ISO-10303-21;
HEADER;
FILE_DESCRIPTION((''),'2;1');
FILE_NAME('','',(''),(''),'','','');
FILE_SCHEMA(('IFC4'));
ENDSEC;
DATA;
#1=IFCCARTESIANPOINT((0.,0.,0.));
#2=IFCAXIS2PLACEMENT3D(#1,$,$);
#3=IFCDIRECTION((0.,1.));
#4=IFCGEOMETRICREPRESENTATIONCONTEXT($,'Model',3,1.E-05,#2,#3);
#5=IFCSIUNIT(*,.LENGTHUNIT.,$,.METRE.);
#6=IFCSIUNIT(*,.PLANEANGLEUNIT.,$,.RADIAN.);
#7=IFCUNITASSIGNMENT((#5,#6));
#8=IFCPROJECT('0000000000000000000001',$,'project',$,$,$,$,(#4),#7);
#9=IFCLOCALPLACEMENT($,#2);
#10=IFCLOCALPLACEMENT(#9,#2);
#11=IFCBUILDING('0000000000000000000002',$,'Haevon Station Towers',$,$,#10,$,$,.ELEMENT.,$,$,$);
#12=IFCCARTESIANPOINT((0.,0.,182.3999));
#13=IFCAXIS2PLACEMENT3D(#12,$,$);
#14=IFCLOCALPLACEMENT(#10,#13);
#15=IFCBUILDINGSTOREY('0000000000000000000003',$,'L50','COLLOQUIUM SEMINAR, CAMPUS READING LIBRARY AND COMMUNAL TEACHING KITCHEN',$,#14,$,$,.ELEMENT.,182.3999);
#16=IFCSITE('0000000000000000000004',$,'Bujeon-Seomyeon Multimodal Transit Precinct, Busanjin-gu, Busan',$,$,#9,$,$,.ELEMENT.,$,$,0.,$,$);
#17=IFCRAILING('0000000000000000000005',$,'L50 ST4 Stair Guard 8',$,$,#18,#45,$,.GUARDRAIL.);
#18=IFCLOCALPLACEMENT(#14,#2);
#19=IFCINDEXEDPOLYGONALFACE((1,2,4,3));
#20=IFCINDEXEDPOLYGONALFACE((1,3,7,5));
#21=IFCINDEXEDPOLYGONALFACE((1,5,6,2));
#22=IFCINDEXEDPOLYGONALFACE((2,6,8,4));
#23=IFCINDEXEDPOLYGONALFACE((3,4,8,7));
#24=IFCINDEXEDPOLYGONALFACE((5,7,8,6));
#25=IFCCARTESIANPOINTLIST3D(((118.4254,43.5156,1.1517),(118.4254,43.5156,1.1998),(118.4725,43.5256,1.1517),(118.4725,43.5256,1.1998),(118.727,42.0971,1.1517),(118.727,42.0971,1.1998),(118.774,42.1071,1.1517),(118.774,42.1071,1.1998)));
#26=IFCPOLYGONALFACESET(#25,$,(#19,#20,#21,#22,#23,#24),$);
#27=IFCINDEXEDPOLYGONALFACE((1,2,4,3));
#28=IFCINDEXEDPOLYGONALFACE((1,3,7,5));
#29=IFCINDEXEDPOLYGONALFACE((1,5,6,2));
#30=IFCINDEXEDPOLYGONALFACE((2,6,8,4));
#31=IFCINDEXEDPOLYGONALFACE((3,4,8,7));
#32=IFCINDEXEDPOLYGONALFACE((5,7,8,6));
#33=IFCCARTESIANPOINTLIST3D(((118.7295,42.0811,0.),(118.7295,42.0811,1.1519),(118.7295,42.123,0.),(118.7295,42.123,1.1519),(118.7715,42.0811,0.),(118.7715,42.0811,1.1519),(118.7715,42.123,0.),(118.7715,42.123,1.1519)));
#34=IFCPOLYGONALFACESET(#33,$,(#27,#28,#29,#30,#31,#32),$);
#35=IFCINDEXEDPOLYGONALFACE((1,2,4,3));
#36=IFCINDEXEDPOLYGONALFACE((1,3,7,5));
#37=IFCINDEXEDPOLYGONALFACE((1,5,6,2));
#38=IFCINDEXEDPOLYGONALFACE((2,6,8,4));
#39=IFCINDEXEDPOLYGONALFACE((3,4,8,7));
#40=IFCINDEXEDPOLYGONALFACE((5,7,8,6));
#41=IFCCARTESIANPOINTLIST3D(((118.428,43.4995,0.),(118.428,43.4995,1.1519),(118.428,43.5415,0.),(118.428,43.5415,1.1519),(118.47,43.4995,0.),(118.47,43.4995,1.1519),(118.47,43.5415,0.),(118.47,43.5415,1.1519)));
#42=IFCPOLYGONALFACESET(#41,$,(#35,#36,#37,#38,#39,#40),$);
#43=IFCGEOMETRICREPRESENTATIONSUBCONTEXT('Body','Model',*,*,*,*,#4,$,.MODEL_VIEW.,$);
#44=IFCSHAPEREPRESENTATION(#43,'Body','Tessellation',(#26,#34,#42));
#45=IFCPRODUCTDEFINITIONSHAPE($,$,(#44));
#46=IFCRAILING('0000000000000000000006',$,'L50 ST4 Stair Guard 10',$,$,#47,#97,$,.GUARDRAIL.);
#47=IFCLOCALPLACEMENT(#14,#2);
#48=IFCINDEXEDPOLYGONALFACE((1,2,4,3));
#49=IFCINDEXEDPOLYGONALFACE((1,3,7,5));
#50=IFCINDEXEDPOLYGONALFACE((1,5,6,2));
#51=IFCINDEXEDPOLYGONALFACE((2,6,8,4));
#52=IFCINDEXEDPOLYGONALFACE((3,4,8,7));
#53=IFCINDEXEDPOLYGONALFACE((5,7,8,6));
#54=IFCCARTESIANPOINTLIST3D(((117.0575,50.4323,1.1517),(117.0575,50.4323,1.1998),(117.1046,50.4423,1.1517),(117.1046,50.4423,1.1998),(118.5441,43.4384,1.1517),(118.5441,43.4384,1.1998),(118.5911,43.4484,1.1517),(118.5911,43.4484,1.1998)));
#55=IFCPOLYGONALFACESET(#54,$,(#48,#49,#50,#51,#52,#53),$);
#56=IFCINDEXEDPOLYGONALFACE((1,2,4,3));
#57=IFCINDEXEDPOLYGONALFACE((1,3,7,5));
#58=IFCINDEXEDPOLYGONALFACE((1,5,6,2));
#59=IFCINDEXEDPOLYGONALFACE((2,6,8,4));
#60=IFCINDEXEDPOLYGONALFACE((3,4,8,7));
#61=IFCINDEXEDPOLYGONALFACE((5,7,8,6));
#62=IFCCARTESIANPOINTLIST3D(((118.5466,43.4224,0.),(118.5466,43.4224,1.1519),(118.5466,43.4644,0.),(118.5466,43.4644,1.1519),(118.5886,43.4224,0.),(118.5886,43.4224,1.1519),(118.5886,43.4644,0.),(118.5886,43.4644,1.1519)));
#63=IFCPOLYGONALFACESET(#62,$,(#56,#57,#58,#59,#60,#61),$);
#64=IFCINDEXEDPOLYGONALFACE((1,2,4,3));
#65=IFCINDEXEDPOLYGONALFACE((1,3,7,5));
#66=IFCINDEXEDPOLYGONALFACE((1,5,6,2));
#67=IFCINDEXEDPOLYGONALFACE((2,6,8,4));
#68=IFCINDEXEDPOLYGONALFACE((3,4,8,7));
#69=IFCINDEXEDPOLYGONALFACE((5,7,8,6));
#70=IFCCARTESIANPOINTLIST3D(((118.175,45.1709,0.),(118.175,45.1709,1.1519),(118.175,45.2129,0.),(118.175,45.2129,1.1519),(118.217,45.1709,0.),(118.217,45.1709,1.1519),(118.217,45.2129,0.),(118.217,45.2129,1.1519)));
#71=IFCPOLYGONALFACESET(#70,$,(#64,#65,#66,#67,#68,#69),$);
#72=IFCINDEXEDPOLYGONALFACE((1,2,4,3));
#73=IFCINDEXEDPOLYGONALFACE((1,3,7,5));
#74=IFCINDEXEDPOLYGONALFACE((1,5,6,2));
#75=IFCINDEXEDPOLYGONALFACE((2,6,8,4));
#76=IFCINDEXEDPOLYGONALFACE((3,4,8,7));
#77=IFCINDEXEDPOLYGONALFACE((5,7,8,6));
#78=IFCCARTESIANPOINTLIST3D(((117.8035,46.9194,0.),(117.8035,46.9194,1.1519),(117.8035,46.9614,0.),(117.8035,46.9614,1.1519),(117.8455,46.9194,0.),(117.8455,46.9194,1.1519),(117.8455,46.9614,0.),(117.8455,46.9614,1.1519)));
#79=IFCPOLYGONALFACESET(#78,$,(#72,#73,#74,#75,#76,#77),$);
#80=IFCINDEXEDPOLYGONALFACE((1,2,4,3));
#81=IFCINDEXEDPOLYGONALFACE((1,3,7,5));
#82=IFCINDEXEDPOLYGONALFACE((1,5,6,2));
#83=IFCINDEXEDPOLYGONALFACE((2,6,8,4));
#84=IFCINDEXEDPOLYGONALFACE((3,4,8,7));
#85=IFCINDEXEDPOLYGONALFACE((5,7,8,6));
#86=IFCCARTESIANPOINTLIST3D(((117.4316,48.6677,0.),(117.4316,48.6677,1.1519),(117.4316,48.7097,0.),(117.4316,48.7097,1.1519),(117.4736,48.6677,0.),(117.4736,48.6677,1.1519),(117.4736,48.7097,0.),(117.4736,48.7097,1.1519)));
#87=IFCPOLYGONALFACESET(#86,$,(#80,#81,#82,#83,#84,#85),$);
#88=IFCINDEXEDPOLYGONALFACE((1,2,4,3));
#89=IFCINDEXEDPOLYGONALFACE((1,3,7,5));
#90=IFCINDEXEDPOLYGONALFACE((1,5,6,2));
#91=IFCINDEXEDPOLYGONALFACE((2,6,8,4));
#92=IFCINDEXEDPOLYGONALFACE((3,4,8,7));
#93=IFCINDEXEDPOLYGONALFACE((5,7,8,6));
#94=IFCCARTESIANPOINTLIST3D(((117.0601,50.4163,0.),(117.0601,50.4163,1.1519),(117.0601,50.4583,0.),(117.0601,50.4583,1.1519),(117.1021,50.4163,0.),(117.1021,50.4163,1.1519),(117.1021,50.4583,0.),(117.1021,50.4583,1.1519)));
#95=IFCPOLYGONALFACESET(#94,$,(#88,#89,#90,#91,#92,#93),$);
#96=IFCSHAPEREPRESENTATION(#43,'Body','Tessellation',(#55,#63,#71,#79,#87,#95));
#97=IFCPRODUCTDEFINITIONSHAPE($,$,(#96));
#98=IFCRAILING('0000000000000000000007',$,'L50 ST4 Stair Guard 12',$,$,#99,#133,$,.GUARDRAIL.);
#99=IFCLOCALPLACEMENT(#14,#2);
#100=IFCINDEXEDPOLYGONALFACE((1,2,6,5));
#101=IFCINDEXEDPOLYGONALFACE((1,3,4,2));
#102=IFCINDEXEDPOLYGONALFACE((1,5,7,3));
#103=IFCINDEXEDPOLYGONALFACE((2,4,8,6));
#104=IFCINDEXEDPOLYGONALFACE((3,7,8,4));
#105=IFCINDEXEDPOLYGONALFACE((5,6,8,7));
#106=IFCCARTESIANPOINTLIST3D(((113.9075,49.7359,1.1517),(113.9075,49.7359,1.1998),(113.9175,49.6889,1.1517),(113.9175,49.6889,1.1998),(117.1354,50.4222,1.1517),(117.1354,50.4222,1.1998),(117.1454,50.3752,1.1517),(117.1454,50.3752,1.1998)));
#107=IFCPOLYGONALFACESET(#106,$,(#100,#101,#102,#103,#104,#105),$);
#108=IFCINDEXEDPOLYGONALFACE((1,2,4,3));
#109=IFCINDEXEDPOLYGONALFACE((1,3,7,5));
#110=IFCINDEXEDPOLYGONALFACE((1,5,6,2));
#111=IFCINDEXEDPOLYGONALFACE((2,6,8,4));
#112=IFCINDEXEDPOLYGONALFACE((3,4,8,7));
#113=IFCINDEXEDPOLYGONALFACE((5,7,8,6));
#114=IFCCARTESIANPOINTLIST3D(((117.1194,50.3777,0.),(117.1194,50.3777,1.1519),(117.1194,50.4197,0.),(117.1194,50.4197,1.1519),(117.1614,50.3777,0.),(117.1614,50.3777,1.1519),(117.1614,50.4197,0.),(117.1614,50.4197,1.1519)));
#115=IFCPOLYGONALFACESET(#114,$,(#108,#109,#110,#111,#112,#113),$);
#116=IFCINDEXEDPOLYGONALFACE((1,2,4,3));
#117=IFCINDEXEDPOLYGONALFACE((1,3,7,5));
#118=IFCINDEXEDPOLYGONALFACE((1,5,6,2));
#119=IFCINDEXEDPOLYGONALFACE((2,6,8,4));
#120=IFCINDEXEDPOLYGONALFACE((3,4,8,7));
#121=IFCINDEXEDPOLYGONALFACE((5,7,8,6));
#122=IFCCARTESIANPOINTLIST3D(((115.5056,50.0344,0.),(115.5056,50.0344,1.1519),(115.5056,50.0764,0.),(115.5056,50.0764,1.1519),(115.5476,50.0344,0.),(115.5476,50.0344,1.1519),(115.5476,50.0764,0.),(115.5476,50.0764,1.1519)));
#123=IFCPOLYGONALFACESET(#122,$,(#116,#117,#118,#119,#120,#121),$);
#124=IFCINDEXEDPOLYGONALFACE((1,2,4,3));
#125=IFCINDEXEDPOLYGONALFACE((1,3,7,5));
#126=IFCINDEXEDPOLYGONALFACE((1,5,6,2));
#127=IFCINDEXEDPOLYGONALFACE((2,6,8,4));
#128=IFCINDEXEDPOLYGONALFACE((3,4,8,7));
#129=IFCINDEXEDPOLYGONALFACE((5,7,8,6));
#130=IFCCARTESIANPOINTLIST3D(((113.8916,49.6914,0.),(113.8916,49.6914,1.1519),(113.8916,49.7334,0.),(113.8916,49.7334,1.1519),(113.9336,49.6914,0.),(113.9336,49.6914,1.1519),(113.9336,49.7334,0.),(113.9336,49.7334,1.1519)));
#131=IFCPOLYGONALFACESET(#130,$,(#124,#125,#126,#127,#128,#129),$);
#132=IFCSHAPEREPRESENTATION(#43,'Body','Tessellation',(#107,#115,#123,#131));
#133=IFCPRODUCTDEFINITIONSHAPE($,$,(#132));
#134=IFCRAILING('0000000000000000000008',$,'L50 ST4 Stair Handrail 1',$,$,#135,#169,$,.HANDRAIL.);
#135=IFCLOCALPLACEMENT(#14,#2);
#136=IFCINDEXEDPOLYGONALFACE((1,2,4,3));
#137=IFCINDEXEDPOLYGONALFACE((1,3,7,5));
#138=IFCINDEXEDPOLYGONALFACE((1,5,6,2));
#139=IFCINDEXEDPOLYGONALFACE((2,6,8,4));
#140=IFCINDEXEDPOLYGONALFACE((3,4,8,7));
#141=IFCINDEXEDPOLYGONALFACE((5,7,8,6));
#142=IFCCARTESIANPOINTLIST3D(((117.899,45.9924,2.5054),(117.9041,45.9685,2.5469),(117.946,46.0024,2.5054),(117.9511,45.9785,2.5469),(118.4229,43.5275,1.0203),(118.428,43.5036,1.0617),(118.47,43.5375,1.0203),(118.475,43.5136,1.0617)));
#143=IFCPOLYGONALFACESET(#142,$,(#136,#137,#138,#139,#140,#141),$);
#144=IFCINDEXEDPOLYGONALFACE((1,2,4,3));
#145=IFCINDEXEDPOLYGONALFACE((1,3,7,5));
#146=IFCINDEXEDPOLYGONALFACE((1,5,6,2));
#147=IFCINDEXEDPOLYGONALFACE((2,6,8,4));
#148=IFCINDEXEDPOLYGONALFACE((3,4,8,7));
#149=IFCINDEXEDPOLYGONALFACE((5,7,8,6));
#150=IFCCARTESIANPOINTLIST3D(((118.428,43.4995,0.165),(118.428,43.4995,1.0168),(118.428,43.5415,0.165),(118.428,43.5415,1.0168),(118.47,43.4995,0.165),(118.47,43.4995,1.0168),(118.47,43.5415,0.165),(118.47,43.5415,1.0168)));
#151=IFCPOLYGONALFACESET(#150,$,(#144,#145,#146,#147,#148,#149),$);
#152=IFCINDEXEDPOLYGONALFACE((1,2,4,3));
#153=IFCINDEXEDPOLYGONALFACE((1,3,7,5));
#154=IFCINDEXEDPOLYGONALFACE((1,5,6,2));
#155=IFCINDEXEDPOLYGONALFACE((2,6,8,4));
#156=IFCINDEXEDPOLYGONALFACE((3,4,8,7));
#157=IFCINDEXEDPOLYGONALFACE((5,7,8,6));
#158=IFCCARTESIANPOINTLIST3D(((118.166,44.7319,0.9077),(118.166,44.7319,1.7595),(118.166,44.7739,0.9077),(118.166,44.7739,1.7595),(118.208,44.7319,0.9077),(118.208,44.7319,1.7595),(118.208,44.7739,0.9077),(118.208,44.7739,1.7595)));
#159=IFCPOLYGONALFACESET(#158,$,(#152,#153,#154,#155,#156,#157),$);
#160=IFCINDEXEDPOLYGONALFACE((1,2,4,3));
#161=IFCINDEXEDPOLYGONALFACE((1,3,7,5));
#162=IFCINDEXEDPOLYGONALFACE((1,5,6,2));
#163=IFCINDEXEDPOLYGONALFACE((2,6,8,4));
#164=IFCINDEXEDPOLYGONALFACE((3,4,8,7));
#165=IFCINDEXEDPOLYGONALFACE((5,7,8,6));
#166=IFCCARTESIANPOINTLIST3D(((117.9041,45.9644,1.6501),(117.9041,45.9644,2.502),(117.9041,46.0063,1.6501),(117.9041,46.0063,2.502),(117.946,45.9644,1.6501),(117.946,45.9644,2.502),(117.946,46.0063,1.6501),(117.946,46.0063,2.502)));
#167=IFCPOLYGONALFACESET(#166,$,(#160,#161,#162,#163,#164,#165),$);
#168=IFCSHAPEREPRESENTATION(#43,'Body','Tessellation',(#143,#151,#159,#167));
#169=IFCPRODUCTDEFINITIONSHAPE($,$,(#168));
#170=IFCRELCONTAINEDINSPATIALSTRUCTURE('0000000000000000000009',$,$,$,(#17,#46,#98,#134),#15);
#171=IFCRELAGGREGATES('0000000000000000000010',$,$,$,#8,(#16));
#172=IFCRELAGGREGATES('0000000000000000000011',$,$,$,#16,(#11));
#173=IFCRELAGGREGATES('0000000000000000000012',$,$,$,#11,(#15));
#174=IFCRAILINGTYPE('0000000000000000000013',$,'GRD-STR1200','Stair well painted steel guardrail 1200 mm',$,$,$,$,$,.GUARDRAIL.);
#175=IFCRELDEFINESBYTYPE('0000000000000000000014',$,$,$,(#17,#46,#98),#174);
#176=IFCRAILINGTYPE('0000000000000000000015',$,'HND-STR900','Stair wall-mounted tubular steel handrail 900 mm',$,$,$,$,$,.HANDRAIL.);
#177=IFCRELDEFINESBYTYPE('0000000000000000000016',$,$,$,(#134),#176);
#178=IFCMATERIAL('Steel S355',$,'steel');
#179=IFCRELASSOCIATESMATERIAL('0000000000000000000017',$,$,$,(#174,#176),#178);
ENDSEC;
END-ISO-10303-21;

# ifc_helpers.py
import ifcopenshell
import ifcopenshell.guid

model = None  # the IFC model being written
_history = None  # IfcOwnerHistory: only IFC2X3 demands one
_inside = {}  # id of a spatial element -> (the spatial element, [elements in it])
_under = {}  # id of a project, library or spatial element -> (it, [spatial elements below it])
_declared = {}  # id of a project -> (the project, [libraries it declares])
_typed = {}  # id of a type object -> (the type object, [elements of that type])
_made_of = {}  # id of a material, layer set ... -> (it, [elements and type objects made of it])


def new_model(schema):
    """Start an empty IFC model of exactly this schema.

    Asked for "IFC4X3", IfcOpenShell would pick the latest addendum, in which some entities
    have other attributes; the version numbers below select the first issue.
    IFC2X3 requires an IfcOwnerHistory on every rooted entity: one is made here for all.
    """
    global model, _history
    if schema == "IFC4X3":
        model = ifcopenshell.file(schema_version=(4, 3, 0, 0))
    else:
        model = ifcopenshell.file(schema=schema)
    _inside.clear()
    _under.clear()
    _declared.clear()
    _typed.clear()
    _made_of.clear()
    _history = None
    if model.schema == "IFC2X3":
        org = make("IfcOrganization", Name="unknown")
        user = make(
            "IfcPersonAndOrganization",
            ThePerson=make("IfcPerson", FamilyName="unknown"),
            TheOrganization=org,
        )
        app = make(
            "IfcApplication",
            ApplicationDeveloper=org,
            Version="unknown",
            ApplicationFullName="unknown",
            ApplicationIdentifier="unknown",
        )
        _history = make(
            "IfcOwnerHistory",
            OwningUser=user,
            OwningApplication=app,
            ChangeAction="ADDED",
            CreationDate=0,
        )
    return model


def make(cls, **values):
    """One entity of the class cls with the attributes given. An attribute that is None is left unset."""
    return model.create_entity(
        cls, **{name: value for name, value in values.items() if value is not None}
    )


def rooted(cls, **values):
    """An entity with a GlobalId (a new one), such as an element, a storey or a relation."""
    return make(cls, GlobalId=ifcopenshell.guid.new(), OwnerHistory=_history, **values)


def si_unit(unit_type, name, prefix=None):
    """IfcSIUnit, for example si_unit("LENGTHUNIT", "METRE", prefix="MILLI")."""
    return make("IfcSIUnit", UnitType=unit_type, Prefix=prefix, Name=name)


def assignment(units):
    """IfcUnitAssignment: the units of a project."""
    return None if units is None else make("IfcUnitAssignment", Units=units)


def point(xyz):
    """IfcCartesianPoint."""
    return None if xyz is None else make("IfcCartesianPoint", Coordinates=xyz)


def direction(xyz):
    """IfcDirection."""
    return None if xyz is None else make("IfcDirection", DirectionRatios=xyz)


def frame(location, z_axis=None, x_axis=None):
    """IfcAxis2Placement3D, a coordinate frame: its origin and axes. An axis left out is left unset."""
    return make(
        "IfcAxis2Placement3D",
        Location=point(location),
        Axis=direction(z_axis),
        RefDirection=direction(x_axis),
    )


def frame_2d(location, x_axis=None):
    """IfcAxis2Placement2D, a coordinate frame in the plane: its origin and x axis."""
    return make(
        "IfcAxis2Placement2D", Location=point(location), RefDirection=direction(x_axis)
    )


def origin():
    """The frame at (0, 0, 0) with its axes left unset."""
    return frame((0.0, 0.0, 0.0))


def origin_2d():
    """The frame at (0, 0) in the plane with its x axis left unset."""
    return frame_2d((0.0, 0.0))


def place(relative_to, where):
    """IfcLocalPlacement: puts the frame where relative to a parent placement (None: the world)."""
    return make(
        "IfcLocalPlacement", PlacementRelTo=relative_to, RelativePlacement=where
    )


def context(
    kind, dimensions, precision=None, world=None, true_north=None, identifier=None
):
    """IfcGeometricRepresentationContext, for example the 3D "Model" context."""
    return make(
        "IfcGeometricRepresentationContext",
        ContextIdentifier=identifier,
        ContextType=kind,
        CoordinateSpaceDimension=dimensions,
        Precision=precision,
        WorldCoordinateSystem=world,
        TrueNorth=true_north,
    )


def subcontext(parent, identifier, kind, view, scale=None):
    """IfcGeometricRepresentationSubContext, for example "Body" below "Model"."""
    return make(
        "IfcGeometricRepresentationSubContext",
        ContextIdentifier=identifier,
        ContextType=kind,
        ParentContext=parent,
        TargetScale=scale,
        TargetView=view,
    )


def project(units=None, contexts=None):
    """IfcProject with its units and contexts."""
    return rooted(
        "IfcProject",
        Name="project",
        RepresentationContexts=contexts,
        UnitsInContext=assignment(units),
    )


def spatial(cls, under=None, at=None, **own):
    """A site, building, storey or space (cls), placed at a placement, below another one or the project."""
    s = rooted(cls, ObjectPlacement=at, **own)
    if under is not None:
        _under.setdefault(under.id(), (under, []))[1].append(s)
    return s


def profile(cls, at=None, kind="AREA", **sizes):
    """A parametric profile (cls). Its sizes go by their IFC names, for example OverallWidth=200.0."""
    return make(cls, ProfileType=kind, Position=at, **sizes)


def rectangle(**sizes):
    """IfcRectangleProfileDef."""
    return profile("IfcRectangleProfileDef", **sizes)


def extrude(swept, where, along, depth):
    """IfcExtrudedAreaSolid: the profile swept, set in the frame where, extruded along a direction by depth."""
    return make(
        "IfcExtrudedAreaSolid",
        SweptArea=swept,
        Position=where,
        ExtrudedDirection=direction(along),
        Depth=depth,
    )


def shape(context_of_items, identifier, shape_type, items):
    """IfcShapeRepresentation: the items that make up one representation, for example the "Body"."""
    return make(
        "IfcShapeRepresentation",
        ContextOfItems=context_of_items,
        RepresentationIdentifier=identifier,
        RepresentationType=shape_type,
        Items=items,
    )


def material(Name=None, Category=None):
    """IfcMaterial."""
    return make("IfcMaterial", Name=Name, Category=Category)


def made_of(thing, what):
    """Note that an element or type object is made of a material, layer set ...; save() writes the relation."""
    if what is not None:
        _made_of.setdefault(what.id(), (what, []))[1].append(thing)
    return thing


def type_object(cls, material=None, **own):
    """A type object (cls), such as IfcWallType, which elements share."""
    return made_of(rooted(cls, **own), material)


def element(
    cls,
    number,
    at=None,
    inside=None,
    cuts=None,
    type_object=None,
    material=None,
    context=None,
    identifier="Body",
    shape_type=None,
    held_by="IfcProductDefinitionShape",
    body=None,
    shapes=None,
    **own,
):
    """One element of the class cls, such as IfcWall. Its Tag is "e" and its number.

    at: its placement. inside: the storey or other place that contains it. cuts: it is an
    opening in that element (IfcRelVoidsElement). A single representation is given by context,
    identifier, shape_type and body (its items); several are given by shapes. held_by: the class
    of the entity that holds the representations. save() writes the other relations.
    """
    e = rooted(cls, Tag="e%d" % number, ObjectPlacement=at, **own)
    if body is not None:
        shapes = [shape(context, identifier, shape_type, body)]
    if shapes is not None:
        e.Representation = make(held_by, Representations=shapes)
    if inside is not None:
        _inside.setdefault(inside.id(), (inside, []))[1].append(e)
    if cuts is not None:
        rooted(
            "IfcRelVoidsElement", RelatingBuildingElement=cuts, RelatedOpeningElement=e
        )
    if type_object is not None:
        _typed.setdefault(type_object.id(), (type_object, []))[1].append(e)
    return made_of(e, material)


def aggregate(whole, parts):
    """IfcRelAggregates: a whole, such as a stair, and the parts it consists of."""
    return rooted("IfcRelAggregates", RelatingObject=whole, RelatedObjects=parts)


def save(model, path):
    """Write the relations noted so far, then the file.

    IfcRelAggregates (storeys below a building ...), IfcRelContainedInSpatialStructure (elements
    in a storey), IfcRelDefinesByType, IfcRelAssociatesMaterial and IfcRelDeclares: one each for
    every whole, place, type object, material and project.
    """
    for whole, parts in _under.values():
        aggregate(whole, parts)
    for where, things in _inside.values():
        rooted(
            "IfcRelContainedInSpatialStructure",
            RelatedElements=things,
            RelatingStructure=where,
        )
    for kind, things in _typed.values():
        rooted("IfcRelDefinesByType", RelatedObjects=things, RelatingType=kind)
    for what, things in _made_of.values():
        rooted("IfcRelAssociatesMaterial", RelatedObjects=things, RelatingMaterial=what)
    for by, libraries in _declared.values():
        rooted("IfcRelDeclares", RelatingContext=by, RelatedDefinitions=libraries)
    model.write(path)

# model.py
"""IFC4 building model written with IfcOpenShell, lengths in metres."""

from ifc_helpers import new_model, si_unit, direction, frame, origin, origin_2d, place, context, subcontext, project, spatial, rectangle, extrude, material, type_object, element, save


model = new_model("IFC4")

# Units and contexts
model_context = context("Model", 3, precision=1e-05, world=origin(), true_north=direction((0.0, 1.0)))
body_context = subcontext(model_context, "Body", "Model", "MODEL_VIEW")
ifc_project = project(units=[si_unit("LENGTHUNIT", "METRE"), si_unit("PLANEANGLEUNIT", "RADIAN")], contexts=[model_context])

# Site, building, storey
site_placement = place(None, origin())
site = spatial("IfcSite", under=ifc_project, at=site_placement, Name="Bujeon-Seomyeon Multimodal Transit Precinct, Busanjin-gu, Busan", CompositionType="ELEMENT", RefElevation=0.0)
building_placement = place(site_placement, origin())
building = spatial("IfcBuilding", under=site, at=building_placement, Name="Haevon Station Towers", CompositionType="ELEMENT")
storey_placement = place(building_placement, frame((0.0, 0.0, 182.3999)))
storey = spatial("IfcBuildingStorey", under=building, at=storey_placement, Name="L50", Description="COLLOQUIUM SEMINAR, CAMPUS READING LIBRARY AND COMMUNAL TEACHING KITCHEN", CompositionType="ELEMENT", Elevation=182.3999)

# Shared definitions
ifc_material_1 = material(Name="Steel S355", Category="steel")

# Railings
railing_type_1 = type_object("IfcRailingType", Name="GRD-STR1200", Description="Stair well painted steel guardrail 1200 mm", PredefinedType="GUARDRAIL", material=ifc_material_1)
railing_1_placement = place(storey_placement, frame((118.7505, 42.1021, 0.0)))
element("IfcRailing", 1, at=railing_1_placement, inside=storey, type_object=railing_type_1, Name="L50 ST4 Stair Guard 8", PredefinedType="GUARDRAIL", context=body_context, shape_type="SweptSolid", body=[
    extrude(rectangle(XDim=0.0481, YDim=0.0481, at=origin_2d()), frame((0.0, 0.0, 1.1758), z_axis=(-0.207919, 0.978146, 0.0), x_axis=(-0.978146, -0.207919, 0.0)), (0.0, 0.0, 1.0), 1.4502),
    extrude(rectangle(XDim=0.042, YDim=0.042, at=origin_2d()), origin(), (0.0, 0.0, 1.0), 1.1519),
    extrude(rectangle(XDim=0.042, YDim=0.042, at=origin_2d()), frame((-0.3015, 1.4185, 0.0)), (0.0, 0.0, 1.0), 1.1519),
])
railing_2_placement = place(storey_placement, frame((118.5676, 43.4434, 0.0)))
element("IfcRailing", 2, at=railing_2_placement, inside=storey, type_object=railing_type_1, Name="L50 ST4 Stair Guard 10", PredefinedType="GUARDRAIL", context=body_context, shape_type="SweptSolid", body=[
    extrude(rectangle(XDim=0.0481, YDim=0.0481, at=origin_2d()), frame((0.0, 0.0, 1.1758), z_axis=(-0.207908, 0.978148, 0.0), x_axis=(-0.978148, -0.207908, 0.0)), (0.0, 0.0, 1.0), 7.1501),
    extrude(rectangle(XDim=0.042, YDim=0.042, at=origin_2d()), origin(), (0.0, 0.0, 1.0), 1.1519),
    extrude(rectangle(XDim=0.042, YDim=0.042, at=origin_2d()), frame((-0.3716, 1.7485, 0.0)), (0.0, 0.0, 1.0), 1.1519),
    extrude(rectangle(XDim=0.042, YDim=0.042, at=origin_2d()), frame((-0.7432, 3.4971, 0.0)), (0.0, 0.0, 1.0), 1.1519),
    extrude(rectangle(XDim=0.042, YDim=0.042, at=origin_2d()), frame((-1.115, 5.2454, 0.0)), (0.0, 0.0, 1.0), 1.1519),
    extrude(rectangle(XDim=0.042, YDim=0.042, at=origin_2d()), frame((-1.4866, 6.9939, 0.0)), (0.0, 0.0, 1.0), 1.1519),
])
railing_3_placement = place(storey_placement, frame((117.1404, 50.3987, 0.0)))
element("IfcRailing", 3, at=railing_3_placement, inside=storey, type_object=railing_type_1, Name="L50 ST4 Stair Guard 12", PredefinedType="GUARDRAIL", context=body_context, shape_type="SweptSolid", body=[
    extrude(rectangle(XDim=0.0481, YDim=0.0481, at=origin_2d()), frame((0.0, 0.0, 1.1758), z_axis=(-0.978136, -0.207968, 0.0), x_axis=(0.207968, -0.978136, 0.0)), (0.0, 0.0, 1.0), 3.3),
    extrude(rectangle(XDim=0.042, YDim=0.042, at=origin_2d()), origin(), (0.0, 0.0, 1.0), 1.1519),
    extrude(rectangle(XDim=0.042, YDim=0.042, at=origin_2d()), frame((-1.6138, -0.3433, 0.0)), (0.0, 0.0, 1.0), 1.1519),
    extrude(rectangle(XDim=0.042, YDim=0.042, at=origin_2d()), frame((-3.2278, -0.6863, 0.0)), (0.0, 0.0, 1.0), 1.1519),
])
railing_type_2 = type_object("IfcRailingType", Name="HND-STR900", Description="Stair wall-mounted tubular steel handrail 900 mm", PredefinedType="HANDRAIL", material=ifc_material_1)
railing_4_placement = place(storey_placement, frame((118.449, 43.5205, 0.165)))
element("IfcRailing", 4, at=railing_4_placement, inside=storey, type_object=railing_type_2, Name="L50 ST4 Stair Handrail 1", PredefinedType="HANDRAIL", context=body_context, shape_type="SweptSolid", body=[
    extrude(rectangle(XDim=0.0481, YDim=0.0481, at=origin_2d()), frame((0.0, 0.0, 0.876), z_axis=(-0.179121, 0.842688, 0.507733), x_axis=(-0.978147, -0.207914, 0.0)), (0.0, 0.0, 1.0), 2.925),
    extrude(rectangle(XDim=0.042, YDim=0.042, at=origin_2d()), origin(), (0.0, 0.0, 1.0), 0.8518),
    extrude(rectangle(XDim=0.042, YDim=0.042, at=origin_2d()), frame((-0.262, 1.2324, 0.7427)), (0.0, 0.0, 1.0), 0.8518),
    extrude(rectangle(XDim=0.042, YDim=0.042, at=origin_2d()), frame((-0.5239, 2.4648, 1.4851)), (0.0, 0.0, 1.0), 0.8518),
])

save(model, "model.ifc")
